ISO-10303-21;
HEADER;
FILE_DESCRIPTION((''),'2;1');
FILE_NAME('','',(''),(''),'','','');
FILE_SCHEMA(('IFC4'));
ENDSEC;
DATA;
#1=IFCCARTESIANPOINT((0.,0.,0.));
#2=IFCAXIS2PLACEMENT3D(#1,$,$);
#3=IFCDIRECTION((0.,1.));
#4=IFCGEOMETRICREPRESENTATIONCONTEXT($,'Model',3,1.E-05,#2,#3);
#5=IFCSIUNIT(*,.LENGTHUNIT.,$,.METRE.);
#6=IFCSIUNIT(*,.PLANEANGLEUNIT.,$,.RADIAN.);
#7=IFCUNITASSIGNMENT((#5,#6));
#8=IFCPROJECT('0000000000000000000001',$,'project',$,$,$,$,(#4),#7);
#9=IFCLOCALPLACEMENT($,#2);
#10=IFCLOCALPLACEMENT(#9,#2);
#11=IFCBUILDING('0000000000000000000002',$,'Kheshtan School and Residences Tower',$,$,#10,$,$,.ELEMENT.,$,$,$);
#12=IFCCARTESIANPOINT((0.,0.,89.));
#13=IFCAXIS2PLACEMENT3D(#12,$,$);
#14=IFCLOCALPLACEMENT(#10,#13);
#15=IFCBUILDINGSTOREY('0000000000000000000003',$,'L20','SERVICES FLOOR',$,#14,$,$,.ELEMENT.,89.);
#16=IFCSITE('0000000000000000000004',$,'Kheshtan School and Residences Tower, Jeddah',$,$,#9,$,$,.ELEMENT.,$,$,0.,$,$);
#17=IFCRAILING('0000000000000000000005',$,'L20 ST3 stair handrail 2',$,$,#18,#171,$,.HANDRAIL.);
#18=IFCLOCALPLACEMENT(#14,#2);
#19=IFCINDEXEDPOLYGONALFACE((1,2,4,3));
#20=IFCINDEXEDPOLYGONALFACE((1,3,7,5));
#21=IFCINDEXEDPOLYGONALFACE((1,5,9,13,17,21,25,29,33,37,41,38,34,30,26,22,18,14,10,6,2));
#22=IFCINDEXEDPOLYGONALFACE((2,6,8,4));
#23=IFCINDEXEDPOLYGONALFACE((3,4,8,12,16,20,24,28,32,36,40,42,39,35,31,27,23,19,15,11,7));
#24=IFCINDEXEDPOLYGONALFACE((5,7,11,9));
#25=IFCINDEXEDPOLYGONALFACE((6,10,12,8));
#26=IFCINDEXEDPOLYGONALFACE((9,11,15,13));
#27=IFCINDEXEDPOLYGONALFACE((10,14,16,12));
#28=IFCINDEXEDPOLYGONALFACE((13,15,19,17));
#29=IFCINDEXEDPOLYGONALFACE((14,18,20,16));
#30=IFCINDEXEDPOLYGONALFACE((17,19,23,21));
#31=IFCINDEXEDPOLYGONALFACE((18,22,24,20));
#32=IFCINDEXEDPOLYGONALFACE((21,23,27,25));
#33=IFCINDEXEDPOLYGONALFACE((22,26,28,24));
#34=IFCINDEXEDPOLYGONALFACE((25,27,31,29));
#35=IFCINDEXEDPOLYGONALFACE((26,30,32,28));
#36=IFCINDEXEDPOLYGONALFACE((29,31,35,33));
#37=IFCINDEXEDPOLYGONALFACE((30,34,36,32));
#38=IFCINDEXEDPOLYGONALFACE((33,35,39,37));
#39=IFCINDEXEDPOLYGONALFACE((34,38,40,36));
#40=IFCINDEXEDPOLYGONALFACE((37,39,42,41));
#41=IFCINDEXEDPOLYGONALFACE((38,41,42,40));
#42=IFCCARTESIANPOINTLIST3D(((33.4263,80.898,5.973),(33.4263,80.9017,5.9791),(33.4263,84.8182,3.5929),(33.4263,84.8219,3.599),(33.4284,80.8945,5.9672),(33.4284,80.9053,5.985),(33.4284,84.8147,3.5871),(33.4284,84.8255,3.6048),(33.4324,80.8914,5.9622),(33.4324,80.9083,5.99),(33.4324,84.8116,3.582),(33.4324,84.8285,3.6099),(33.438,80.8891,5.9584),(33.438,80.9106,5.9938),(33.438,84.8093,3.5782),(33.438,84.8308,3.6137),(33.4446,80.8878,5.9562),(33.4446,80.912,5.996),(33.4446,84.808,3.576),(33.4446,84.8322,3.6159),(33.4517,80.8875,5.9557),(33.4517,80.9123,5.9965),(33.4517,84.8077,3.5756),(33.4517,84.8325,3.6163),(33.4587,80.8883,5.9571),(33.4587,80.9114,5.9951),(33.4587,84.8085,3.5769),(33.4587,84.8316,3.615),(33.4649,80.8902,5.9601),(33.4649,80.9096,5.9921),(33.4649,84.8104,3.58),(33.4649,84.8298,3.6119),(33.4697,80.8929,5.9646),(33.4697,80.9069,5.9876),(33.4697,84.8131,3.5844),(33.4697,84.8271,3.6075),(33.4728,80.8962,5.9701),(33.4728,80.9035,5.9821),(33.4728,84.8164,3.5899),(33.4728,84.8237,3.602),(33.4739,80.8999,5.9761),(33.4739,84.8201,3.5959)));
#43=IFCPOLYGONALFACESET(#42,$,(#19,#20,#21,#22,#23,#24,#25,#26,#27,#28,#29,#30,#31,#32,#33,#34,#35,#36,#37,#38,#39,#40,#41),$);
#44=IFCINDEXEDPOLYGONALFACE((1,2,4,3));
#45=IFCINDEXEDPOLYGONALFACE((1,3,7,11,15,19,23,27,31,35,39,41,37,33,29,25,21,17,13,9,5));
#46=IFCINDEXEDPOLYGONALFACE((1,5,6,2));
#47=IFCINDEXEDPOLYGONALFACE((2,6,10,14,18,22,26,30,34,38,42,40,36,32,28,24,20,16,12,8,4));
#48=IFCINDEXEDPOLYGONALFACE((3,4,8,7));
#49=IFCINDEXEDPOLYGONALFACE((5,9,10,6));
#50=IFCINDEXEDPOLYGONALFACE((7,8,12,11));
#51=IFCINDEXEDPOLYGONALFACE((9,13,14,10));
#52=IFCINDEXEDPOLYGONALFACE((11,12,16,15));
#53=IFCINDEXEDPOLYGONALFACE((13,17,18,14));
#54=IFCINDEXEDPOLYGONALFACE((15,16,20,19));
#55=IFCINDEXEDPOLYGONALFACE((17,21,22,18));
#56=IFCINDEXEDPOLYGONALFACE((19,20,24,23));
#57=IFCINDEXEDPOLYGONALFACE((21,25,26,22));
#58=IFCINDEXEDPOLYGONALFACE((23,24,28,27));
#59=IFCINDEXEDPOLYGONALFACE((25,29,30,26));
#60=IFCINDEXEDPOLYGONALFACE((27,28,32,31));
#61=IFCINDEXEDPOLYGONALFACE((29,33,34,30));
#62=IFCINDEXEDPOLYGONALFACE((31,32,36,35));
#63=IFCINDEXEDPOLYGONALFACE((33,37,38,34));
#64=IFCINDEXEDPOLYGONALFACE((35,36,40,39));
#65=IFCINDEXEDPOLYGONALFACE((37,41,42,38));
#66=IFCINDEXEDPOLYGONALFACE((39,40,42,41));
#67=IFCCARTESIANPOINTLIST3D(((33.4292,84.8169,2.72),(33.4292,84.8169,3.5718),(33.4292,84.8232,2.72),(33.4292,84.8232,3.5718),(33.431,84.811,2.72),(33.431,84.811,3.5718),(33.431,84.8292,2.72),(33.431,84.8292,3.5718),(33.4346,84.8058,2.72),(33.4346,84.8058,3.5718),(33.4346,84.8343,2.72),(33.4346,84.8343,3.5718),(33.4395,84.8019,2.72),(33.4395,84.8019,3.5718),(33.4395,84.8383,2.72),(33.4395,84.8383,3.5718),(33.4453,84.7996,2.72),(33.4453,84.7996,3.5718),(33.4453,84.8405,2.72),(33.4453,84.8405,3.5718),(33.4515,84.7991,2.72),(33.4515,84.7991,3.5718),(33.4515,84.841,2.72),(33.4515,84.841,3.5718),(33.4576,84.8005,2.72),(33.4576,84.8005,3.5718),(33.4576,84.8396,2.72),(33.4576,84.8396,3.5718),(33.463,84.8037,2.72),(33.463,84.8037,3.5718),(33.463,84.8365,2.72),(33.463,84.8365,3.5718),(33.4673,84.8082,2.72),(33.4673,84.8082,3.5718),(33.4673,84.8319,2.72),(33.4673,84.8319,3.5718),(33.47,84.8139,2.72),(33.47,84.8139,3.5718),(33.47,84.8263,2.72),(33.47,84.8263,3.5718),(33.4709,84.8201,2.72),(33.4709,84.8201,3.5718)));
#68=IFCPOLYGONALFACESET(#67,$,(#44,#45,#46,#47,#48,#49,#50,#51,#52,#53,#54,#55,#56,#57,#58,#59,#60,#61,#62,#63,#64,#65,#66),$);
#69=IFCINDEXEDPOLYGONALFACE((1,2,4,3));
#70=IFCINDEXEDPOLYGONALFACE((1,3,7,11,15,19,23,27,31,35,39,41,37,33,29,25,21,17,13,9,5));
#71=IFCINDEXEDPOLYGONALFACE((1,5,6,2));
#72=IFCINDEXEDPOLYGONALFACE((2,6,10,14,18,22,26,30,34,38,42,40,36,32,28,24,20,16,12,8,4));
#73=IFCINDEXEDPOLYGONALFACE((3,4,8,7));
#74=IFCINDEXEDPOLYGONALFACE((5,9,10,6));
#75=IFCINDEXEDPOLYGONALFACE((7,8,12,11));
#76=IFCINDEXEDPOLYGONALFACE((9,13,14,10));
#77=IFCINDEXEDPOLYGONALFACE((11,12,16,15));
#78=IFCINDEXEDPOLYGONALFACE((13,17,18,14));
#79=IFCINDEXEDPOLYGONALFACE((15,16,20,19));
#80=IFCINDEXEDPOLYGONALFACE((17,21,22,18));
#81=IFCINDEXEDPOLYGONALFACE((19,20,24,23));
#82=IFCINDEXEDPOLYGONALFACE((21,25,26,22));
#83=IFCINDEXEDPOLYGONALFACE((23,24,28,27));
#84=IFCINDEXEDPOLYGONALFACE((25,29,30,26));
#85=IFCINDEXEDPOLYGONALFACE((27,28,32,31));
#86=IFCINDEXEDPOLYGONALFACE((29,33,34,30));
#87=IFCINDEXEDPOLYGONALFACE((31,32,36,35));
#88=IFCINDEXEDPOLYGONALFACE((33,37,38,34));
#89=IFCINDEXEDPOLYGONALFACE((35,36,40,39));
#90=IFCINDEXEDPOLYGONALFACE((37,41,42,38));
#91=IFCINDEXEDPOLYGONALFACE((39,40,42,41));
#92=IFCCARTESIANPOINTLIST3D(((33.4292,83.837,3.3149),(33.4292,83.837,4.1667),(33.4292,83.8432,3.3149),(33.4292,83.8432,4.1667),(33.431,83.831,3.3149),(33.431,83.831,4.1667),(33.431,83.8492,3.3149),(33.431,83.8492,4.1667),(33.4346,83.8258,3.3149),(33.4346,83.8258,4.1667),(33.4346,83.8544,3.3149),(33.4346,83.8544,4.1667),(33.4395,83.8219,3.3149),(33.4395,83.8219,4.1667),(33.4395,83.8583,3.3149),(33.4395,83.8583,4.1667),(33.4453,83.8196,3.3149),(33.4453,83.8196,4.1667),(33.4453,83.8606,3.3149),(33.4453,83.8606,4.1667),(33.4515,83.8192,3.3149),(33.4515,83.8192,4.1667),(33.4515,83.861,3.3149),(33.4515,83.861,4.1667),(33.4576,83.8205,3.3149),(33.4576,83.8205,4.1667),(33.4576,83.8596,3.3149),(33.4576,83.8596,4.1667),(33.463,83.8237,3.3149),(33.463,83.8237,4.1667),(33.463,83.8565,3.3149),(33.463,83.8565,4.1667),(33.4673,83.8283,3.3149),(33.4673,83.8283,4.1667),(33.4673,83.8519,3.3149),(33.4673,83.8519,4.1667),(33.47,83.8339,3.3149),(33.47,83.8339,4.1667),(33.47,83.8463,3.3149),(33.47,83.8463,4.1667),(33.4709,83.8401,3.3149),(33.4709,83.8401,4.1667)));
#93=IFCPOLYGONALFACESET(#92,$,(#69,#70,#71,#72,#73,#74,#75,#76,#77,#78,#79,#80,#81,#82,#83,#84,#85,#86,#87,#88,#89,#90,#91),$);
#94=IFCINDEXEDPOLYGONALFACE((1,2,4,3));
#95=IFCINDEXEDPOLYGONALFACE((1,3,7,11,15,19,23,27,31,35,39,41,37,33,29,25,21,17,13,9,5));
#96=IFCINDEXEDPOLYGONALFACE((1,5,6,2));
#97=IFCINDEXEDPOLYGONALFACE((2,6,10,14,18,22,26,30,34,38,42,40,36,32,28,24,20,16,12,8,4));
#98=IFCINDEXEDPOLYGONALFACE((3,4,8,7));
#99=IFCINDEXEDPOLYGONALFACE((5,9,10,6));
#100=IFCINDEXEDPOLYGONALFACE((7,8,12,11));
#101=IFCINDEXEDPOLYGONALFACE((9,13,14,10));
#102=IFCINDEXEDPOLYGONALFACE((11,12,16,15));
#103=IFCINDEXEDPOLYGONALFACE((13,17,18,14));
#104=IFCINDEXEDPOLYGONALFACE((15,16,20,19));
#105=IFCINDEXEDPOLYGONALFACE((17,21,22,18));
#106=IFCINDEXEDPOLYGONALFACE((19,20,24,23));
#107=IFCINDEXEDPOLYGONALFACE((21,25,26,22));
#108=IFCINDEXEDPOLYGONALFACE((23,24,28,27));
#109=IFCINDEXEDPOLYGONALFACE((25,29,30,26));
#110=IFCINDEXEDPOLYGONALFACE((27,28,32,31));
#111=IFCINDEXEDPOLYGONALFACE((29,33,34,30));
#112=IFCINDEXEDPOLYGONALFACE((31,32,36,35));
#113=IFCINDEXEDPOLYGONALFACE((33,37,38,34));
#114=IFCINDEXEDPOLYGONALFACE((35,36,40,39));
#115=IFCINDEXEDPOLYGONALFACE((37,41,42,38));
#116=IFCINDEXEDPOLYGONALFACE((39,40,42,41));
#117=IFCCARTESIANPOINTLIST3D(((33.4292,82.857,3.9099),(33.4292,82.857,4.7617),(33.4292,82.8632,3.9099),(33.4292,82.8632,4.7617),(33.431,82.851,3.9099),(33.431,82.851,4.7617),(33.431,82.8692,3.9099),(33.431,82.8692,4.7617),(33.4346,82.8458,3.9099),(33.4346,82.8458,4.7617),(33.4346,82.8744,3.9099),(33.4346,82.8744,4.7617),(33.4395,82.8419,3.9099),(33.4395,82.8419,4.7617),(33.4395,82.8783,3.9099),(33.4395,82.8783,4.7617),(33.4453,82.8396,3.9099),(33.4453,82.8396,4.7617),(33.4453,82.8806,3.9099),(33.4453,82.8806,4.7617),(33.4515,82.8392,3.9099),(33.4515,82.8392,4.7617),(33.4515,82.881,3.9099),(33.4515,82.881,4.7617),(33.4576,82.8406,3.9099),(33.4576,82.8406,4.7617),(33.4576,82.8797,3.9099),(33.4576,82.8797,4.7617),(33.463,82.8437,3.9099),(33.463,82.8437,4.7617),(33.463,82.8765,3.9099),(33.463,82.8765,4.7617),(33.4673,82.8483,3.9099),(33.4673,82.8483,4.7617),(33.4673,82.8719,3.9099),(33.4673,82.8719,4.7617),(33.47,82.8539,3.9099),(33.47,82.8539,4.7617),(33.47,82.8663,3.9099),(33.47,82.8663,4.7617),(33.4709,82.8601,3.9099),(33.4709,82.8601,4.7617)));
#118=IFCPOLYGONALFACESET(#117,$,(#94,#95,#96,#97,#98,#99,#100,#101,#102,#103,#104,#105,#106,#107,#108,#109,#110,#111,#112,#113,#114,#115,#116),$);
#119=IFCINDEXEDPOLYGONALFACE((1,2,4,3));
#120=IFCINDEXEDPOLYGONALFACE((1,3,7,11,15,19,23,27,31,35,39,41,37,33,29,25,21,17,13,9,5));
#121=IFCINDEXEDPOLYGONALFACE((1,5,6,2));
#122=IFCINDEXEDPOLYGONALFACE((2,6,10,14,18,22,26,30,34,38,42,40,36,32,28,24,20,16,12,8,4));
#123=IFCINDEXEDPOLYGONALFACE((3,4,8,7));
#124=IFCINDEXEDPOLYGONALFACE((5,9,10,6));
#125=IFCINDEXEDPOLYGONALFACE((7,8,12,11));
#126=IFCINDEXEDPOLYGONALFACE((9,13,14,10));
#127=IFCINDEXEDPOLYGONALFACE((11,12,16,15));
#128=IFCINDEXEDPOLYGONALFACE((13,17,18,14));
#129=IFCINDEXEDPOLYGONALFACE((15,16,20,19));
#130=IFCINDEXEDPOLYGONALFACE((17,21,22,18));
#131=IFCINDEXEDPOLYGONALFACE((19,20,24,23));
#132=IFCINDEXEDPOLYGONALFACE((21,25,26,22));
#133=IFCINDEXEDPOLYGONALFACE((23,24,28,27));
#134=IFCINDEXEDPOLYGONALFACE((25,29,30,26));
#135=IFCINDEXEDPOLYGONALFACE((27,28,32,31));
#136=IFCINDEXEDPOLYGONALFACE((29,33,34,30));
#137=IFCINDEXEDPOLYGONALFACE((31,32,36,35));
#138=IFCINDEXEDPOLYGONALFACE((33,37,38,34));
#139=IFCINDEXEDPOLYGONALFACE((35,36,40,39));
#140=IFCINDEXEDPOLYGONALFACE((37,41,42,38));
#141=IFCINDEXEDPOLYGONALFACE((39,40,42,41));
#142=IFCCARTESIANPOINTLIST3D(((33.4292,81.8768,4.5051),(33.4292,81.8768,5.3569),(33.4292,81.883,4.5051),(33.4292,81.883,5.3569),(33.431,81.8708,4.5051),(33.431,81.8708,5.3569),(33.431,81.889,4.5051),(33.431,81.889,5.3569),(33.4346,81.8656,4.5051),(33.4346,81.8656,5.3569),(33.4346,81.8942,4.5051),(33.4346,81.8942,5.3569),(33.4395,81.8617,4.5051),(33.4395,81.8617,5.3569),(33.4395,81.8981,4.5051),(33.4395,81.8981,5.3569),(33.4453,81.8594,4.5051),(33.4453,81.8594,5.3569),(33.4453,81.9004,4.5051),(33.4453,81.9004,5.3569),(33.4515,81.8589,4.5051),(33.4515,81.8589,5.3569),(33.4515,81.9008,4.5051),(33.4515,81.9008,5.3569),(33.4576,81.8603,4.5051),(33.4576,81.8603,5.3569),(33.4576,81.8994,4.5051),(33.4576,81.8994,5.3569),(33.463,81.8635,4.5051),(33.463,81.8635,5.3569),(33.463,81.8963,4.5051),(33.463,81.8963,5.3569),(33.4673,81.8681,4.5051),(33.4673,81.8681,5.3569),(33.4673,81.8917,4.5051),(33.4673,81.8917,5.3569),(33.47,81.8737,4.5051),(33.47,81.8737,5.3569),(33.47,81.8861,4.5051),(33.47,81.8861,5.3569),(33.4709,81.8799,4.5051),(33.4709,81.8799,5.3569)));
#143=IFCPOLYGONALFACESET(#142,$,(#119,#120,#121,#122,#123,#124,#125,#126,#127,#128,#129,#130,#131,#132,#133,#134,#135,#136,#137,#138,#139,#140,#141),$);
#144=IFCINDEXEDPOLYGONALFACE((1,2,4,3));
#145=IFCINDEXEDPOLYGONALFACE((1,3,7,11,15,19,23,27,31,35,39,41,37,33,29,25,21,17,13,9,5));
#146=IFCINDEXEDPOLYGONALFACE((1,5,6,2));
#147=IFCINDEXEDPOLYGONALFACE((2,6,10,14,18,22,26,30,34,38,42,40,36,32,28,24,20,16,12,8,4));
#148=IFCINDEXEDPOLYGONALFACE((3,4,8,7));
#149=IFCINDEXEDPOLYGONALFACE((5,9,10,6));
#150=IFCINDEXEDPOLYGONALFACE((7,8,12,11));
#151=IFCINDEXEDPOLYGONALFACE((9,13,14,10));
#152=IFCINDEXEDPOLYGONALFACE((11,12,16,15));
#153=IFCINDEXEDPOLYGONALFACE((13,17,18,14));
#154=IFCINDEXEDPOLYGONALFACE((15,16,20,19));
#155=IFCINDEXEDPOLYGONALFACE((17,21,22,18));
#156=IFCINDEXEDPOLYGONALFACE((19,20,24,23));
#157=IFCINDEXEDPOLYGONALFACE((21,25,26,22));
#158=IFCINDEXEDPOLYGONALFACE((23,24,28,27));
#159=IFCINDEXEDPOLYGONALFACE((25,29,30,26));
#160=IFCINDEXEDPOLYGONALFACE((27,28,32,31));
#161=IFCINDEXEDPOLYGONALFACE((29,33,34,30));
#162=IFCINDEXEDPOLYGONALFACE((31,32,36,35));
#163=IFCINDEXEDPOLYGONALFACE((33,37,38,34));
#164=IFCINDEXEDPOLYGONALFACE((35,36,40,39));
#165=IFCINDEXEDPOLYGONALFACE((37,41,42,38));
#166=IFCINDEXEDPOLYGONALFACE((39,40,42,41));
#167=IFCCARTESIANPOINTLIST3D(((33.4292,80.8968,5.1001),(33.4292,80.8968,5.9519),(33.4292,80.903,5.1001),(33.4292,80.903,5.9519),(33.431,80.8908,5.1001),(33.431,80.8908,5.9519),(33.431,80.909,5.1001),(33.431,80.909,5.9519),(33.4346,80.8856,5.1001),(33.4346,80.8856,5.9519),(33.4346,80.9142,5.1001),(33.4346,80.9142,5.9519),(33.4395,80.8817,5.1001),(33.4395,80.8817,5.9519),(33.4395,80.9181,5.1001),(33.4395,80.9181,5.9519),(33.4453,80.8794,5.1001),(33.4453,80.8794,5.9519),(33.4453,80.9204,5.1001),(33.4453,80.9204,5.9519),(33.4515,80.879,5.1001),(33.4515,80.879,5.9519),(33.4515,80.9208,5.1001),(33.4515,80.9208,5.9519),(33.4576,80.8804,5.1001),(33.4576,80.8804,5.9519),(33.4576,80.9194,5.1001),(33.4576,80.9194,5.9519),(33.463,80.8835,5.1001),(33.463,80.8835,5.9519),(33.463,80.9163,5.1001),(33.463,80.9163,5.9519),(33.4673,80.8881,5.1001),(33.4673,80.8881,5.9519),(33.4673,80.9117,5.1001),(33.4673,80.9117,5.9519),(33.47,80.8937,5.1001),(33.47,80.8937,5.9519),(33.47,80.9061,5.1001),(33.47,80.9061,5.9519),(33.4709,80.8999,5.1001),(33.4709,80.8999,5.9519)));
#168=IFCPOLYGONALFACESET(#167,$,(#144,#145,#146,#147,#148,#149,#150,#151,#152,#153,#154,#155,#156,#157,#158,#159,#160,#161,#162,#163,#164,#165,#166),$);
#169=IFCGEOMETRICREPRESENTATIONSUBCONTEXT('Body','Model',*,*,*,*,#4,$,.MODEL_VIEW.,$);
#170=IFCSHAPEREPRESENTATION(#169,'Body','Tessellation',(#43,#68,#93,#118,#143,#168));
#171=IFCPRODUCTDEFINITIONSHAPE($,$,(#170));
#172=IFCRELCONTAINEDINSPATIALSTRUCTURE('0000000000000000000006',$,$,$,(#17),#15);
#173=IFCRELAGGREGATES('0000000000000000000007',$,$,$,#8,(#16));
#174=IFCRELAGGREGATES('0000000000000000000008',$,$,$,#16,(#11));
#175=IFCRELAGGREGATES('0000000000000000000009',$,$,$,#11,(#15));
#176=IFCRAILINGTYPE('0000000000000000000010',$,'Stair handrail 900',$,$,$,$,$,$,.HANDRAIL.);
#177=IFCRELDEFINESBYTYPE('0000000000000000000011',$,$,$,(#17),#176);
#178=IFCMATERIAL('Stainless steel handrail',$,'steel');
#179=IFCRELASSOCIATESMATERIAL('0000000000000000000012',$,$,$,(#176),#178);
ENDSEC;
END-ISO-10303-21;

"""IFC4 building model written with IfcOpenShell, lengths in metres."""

from ifc_helpers import new_model, si_unit, direction, frame, origin, origin_2d, place, context, subcontext, project, spatial, circle, extrude, material, type_object, element, save


model = new_model("IFC4")

# Units and contexts
model_context = context("Model", 3, precision=1e-05, world=origin(), true_north=direction((0.0, 1.0)))
body_context = subcontext(model_context, "Body", "Model", "MODEL_VIEW")
ifc_project = project(units=[si_unit("LENGTHUNIT", "METRE"), si_unit("PLANEANGLEUNIT", "RADIAN")], contexts=[model_context])

# Site, building, storey
site_placement = place(None, origin())
site = spatial("IfcSite", under=ifc_project, at=site_placement, Name="Kheshtan School and Residences Tower, Jeddah", CompositionType="ELEMENT", RefElevation=0.0)
building_placement = place(site_placement, origin())
building = spatial("IfcBuilding", under=site, at=building_placement, Name="Kheshtan School and Residences Tower", CompositionType="ELEMENT")
storey_placement = place(building_placement, frame((0.0, 0.0, 89.0)))
storey = spatial("IfcBuildingStorey", under=building, at=storey_placement, Name="L20", Description="SERVICES FLOOR", CompositionType="ELEMENT", Elevation=89.0)

# Railing
ifc_material_1 = material(Name="Stainless steel handrail", Category="steel")
railing_type_1 = type_object("IfcRailingType", Name="Stair handrail 900", PredefinedType="HANDRAIL", material=ifc_material_1)
railing_1_placement = place(storey_placement, frame((33.45, 84.8201, 2.72)))
element("IfcRailing", 1, at=railing_1_placement, inside=storey, type_object=railing_type_1, Name="L20 ST3 stair handrail 2", PredefinedType="HANDRAIL", context=body_context, shape_type="SweptSolid", body=[
    extrude(circle(Radius=0.0239, at=origin_2d()), frame((0.0, 0.0, 0.876), z_axis=(0.0, -0.854785, 0.518982), x_axis=(1.0, 0.0, 0.0)), (0.0, 0.0, 1.0), 4.5862),
    extrude(circle(Radius=0.021, at=origin_2d()), origin(), (0.0, 0.0, 1.0), 0.8518),
    extrude(circle(Radius=0.021, at=origin_2d()), frame((0.0, -0.98, 0.595)), (0.0, 0.0, 1.0), 0.8518),
    extrude(circle(Radius=0.021, at=origin_2d()), frame((0.0, -1.96, 1.1899)), (0.0, 0.0, 1.0), 0.8518),
    extrude(circle(Radius=0.021, at=origin_2d()), frame((0.0, -2.9402, 1.7852)), (0.0, 0.0, 1.0), 0.8518),
    extrude(circle(Radius=0.021, at=origin_2d()), frame((0.0, -3.9202, 2.3801)), (0.0, 0.0, 1.0), 0.8518),
])

save(model, "model.ifc")
